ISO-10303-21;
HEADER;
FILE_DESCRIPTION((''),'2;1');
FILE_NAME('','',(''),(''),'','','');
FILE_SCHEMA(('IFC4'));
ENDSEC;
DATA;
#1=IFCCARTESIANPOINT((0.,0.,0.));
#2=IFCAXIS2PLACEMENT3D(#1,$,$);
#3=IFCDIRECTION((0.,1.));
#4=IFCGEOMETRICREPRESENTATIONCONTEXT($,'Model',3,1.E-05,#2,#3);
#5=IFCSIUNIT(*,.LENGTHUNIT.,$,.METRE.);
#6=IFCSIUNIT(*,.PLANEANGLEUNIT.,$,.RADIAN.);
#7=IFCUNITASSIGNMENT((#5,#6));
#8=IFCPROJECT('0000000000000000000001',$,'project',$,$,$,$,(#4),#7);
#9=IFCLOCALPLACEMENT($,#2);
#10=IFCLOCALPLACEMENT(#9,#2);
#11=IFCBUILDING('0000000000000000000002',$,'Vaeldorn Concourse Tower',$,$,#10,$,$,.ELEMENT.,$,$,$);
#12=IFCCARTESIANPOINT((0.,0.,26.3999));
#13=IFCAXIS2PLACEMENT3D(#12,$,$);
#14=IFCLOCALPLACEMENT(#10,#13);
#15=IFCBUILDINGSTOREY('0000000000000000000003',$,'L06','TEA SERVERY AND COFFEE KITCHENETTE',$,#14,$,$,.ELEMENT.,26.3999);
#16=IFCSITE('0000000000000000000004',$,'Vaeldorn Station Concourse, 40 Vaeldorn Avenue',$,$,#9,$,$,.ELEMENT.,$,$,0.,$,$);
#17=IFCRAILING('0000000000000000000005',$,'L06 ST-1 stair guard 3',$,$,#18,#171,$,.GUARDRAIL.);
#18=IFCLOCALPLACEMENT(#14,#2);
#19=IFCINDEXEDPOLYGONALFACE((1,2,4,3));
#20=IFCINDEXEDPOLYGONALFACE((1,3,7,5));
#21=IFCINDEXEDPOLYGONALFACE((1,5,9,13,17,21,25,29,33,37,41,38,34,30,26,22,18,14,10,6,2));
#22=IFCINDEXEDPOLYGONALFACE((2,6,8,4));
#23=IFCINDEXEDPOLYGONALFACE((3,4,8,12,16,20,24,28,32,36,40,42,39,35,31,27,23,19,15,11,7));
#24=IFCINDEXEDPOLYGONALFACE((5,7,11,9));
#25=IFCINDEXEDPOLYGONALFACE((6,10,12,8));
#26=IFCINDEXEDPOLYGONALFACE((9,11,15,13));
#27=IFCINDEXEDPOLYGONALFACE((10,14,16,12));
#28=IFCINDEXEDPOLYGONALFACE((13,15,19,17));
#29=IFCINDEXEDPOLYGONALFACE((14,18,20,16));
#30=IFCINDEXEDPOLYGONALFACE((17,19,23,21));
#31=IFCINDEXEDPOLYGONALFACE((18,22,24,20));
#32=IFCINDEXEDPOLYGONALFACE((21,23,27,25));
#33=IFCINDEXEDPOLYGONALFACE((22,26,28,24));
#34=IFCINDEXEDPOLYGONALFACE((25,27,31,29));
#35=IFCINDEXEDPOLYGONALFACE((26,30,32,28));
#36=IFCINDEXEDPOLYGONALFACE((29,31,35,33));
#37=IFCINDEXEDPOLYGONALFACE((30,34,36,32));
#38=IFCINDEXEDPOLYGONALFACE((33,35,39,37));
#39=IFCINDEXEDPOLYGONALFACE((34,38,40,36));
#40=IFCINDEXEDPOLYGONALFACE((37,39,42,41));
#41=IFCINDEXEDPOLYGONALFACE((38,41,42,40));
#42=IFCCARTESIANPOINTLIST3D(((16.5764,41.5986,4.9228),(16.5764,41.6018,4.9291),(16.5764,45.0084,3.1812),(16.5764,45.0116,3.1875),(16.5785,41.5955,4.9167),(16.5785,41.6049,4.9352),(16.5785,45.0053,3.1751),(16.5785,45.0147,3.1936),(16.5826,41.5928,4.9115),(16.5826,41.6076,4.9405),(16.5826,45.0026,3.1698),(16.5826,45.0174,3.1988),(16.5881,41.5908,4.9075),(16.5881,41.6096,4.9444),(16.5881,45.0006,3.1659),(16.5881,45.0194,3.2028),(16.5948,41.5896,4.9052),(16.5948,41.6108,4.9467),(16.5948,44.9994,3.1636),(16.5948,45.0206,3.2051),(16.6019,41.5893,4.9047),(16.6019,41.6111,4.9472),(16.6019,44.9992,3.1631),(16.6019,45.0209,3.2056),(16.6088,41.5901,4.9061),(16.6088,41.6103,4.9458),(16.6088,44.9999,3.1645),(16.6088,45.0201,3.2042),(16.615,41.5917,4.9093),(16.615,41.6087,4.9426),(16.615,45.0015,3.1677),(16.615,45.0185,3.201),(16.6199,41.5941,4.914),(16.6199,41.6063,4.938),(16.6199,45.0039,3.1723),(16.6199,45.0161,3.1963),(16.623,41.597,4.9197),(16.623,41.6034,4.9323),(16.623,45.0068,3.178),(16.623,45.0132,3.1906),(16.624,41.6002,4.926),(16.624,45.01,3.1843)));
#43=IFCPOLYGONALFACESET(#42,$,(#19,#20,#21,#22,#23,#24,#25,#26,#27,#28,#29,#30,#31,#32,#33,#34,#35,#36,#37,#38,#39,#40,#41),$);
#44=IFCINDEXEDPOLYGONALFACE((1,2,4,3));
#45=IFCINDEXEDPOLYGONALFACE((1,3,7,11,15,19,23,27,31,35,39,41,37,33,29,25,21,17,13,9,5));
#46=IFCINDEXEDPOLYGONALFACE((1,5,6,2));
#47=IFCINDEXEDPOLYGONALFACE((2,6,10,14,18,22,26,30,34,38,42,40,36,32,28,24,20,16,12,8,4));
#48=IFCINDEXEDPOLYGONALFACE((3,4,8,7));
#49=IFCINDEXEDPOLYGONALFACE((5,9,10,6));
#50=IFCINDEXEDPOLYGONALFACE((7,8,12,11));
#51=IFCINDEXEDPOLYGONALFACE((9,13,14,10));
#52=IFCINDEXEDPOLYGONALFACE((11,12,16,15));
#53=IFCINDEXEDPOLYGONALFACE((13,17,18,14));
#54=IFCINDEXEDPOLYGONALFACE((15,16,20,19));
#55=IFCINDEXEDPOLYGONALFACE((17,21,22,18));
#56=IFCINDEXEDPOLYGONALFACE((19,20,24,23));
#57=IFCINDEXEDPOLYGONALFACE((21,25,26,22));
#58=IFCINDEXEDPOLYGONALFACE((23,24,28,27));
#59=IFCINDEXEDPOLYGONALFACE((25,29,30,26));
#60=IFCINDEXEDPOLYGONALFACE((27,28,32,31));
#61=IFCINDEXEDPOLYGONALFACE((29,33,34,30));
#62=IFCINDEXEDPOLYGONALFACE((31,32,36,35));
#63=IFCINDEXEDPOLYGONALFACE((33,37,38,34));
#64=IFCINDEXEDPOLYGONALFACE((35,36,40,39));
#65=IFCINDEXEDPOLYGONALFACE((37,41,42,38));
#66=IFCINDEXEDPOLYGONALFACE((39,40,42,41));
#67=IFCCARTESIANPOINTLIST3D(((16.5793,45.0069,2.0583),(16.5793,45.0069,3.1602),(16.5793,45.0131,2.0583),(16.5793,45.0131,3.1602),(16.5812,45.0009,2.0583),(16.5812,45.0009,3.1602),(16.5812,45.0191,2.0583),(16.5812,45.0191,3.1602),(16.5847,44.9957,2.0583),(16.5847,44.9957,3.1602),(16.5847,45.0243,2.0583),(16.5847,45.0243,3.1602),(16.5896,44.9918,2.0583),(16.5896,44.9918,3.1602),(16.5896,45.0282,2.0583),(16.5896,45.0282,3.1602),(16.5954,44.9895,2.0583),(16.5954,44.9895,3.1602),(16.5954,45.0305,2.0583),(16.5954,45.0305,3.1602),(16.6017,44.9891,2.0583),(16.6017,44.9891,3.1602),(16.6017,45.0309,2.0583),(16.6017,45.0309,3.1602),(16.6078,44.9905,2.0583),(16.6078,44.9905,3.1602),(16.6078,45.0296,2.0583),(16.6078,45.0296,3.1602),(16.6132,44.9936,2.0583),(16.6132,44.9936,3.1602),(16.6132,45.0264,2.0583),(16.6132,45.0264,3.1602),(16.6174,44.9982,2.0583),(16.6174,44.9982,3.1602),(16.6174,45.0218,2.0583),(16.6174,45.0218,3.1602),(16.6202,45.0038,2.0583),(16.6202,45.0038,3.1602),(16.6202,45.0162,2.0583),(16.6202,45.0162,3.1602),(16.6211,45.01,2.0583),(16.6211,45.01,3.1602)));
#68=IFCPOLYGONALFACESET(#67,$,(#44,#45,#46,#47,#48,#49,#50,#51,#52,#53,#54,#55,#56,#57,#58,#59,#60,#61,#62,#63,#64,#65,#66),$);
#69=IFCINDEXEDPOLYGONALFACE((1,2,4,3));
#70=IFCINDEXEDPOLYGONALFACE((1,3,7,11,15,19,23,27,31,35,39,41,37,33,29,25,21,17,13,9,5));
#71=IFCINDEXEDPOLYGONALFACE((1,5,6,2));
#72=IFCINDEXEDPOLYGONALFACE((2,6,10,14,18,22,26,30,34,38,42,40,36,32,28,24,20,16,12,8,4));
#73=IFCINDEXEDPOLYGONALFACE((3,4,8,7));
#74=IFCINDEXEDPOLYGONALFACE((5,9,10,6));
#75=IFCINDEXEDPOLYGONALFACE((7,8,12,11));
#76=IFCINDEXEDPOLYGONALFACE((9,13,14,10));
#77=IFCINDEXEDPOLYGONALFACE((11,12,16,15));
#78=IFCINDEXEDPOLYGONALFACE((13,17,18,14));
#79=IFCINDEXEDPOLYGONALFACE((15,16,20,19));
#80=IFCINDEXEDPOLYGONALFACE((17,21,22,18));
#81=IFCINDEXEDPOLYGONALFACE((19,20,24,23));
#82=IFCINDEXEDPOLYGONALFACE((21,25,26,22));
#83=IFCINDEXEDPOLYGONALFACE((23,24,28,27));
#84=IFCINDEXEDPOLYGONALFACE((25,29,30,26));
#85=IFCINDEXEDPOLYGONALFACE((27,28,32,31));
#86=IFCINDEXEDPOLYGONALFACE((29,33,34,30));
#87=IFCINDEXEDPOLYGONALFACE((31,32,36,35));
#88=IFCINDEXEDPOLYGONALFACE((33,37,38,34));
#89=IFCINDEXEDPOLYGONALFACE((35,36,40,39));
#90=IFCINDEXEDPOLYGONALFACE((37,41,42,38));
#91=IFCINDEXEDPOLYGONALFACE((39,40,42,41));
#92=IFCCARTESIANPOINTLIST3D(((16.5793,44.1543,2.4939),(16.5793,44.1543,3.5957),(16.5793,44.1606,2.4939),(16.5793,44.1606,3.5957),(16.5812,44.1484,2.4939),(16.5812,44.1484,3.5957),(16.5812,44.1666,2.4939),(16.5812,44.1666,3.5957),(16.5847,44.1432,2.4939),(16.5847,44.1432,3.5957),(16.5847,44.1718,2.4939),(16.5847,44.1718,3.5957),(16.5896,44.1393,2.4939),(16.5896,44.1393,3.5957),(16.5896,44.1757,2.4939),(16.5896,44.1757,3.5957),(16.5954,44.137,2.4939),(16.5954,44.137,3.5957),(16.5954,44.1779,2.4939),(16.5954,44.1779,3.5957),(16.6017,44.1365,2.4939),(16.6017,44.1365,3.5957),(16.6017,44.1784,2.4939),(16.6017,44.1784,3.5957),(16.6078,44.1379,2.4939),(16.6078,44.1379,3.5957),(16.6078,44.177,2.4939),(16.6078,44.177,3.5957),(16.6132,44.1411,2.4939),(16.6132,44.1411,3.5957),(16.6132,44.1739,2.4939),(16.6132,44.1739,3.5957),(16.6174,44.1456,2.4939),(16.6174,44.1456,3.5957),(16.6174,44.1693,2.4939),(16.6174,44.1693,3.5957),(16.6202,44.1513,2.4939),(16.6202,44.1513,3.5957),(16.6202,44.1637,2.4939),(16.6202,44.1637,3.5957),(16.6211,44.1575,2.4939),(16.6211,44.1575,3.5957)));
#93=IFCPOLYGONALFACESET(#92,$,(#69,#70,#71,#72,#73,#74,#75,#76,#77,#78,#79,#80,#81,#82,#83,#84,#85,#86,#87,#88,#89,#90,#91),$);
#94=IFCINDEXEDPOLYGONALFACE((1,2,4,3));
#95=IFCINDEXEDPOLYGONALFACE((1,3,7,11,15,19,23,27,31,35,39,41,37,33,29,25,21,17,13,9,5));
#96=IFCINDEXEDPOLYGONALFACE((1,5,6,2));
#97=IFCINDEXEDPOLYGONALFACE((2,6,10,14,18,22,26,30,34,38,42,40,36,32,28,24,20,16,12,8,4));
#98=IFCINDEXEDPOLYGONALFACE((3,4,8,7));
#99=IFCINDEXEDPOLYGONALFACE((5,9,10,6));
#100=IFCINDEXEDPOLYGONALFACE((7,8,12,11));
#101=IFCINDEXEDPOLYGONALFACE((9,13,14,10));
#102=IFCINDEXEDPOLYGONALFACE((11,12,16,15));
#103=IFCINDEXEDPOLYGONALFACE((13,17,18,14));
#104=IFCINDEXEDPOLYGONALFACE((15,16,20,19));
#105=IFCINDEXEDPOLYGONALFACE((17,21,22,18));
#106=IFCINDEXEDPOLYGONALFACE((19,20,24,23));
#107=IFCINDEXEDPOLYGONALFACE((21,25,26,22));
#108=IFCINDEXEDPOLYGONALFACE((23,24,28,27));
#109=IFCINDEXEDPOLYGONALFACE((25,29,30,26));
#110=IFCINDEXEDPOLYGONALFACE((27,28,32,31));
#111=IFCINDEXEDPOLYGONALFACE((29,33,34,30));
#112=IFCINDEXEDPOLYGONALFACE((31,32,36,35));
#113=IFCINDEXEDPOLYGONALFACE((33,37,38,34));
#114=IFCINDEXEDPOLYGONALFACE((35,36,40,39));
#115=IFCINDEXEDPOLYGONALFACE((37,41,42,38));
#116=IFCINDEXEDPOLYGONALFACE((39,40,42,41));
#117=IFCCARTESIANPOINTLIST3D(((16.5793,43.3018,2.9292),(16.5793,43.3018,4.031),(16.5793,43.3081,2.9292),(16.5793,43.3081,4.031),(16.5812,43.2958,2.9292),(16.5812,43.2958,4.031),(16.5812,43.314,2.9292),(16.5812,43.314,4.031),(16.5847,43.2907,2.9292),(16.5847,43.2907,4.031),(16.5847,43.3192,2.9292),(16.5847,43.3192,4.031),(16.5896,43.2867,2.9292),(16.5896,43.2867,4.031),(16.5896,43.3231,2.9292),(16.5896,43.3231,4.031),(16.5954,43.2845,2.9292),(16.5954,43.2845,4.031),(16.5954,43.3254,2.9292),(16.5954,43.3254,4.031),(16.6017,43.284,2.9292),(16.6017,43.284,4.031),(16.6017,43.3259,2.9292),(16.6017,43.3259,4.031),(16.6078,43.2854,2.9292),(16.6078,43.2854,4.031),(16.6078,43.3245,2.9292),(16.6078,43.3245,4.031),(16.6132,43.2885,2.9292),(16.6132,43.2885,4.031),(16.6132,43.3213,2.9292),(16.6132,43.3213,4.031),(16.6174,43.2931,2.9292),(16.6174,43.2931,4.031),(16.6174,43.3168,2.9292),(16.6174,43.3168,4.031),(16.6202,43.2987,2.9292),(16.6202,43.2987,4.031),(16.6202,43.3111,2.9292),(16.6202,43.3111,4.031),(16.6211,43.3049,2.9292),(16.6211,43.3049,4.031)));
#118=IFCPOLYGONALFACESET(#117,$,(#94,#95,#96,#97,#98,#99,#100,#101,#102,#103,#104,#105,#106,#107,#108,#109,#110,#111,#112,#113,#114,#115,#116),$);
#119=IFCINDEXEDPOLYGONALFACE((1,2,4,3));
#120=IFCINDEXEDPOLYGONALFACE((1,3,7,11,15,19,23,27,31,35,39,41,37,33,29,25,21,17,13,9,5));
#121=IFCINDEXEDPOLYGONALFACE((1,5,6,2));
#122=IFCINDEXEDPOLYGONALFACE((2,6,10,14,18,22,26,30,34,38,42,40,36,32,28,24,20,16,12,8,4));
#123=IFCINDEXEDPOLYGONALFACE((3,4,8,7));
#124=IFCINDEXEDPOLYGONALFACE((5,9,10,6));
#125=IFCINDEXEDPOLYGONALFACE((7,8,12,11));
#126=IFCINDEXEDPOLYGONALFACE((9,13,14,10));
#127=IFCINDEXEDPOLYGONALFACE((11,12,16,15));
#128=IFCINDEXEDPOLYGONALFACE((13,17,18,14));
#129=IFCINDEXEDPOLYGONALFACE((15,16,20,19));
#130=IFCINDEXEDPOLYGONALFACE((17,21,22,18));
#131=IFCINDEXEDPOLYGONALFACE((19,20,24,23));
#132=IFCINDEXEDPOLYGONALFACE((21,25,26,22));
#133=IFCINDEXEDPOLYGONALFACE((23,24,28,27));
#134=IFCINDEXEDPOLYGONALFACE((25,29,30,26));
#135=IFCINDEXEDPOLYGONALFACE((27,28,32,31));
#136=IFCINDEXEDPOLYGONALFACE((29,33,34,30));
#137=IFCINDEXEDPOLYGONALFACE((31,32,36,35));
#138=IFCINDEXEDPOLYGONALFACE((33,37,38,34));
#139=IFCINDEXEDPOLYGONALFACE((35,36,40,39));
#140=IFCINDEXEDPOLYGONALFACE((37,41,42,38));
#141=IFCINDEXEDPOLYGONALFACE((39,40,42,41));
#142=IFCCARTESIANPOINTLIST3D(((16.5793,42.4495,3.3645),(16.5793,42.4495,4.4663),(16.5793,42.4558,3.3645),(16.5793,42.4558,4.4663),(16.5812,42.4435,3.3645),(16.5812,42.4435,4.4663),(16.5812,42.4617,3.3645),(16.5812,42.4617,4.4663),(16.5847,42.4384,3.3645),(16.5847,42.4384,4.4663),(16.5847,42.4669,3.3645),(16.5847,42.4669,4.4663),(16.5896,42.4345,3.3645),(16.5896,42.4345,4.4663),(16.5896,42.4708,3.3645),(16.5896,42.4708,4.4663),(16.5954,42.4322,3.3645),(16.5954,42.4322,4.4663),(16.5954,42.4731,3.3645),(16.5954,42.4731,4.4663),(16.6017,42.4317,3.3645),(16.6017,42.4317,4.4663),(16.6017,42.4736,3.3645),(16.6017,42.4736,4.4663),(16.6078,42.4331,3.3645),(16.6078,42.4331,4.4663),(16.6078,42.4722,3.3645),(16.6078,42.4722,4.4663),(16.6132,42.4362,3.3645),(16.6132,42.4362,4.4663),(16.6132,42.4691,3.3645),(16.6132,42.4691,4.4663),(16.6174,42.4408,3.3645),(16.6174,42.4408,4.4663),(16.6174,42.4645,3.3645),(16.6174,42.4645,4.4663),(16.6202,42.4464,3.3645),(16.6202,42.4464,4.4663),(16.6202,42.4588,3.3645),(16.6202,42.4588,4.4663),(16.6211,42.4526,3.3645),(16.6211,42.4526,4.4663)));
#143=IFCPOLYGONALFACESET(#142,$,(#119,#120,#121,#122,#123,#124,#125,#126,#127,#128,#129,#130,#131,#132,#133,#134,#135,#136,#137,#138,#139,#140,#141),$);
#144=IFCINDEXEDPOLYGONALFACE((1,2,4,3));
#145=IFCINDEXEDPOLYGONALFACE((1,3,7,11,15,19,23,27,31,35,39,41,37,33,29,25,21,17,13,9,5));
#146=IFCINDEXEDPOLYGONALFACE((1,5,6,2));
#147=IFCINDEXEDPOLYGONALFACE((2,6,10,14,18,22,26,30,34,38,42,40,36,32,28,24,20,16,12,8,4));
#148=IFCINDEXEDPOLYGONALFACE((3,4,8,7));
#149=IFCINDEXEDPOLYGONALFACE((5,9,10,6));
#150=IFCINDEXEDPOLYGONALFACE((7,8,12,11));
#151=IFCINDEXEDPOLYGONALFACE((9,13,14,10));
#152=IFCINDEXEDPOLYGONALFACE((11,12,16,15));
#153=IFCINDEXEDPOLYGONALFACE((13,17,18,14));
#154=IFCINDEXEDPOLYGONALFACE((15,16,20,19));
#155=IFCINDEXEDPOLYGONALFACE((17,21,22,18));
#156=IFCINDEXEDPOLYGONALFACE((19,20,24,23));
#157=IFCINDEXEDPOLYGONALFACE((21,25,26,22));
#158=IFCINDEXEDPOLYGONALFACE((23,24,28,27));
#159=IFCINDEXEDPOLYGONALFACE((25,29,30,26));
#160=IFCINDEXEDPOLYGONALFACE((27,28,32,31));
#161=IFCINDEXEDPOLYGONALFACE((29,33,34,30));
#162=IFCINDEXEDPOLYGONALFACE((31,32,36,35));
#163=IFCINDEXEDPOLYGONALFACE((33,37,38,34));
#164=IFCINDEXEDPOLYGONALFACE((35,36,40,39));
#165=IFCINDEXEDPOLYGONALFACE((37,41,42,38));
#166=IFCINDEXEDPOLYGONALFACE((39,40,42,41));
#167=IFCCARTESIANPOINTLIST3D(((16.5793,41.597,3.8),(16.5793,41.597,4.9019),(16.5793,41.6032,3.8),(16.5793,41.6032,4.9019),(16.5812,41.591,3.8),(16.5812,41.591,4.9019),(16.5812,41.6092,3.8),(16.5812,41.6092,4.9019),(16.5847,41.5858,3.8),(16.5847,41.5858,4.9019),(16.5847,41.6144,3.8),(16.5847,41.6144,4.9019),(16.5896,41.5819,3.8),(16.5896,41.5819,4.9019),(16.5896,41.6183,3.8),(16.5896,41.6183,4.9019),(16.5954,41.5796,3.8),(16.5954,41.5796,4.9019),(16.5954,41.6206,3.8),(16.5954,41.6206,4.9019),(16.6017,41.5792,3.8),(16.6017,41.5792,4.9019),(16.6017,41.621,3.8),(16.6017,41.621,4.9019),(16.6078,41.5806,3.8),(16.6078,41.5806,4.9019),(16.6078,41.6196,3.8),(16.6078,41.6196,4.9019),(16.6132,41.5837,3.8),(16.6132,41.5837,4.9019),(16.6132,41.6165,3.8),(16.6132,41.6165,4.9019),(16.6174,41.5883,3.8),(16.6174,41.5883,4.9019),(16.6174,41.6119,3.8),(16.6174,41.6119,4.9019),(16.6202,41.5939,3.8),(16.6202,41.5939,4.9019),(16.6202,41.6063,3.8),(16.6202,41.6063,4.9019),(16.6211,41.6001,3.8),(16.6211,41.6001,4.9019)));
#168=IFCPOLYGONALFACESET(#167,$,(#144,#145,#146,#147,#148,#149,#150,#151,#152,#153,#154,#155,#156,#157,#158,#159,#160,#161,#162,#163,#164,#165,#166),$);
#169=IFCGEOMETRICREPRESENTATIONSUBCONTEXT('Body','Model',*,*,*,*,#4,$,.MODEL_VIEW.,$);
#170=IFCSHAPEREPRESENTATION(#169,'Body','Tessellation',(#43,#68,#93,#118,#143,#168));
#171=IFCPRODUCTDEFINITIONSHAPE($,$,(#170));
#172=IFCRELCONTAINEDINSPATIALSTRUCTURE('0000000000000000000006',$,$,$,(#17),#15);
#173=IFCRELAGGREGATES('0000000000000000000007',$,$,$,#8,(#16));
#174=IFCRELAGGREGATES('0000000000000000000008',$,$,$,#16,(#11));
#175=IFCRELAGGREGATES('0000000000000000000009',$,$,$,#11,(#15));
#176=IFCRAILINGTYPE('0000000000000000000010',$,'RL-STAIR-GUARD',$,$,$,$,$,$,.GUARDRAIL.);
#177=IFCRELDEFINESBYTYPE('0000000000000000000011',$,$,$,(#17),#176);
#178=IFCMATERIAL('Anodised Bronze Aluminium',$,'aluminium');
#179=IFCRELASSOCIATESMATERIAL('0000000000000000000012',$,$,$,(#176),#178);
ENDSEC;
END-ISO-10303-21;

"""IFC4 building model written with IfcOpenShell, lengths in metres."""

from ifc_helpers import new_model, si_unit, direction, frame, origin, origin_2d, place, context, subcontext, project, spatial, circle, extrude, material, type_object, element, save


model = new_model("IFC4")

# Units and contexts
model_context = context("Model", 3, precision=1e-05, world=origin(), true_north=direction((0.0, 1.0)))
body_context = subcontext(model_context, "Body", "Model", "MODEL_VIEW")
ifc_project = project(units=[si_unit("LENGTHUNIT", "METRE"), si_unit("PLANEANGLEUNIT", "RADIAN")], contexts=[model_context])

# Site, building, storey
site_placement = place(None, origin())
site = spatial("IfcSite", under=ifc_project, at=site_placement, Name="Vaeldorn Station Concourse, 40 Vaeldorn Avenue", CompositionType="ELEMENT", RefElevation=0.0)
building_placement = place(site_placement, origin())
building = spatial("IfcBuilding", under=site, at=building_placement, Name="Vaeldorn Concourse Tower", CompositionType="ELEMENT")
storey_placement = place(building_placement, frame((0.0, 0.0, 26.3999)))
storey = spatial("IfcBuildingStorey", under=building, at=storey_placement, Name="L06", Description="TEA SERVERY AND COFFEE KITCHENETTE", CompositionType="ELEMENT", Elevation=26.3999)

# Shared definitions
ifc_material_1 = material(Name="Anodised Bronze Aluminium", Category="aluminium")

# Railing
railing_type_1 = type_object("IfcRailingType", Name="RL-STAIR-GUARD", PredefinedType="GUARDRAIL", material=ifc_material_1)
railing_1_placement = place(storey_placement, frame((16.6001, 45.01, 2.0583)))
element("IfcRailing", 1, at=railing_1_placement, inside=storey, type_object=railing_type_1, Name="L06 ST-1 stair guard 3", PredefinedType="GUARDRAIL", context=body_context, shape_type="SweptSolid", body=[
    extrude(circle(Radius=0.0239, at=origin_2d()), frame((0.0, 0.0, 1.126), z_axis=(0.0, -0.890556, 0.454874), x_axis=(1.0, 0.0, 0.0)), (0.0, 0.0, 1.0), 3.8289),
    extrude(circle(Radius=0.021, at=origin_2d()), origin(), (0.0, 0.0, 1.0), 1.1018),
    extrude(circle(Radius=0.021, at=origin_2d()), frame((0.0, -0.8525, 0.4355)), (0.0, 0.0, 1.0), 1.1018),
    extrude(circle(Radius=0.021, at=origin_2d()), frame((0.0, -1.7051, 0.8708)), (0.0, 0.0, 1.0), 1.1018),
    extrude(circle(Radius=0.021, at=origin_2d()), frame((0.0, -2.5574, 1.3062)), (0.0, 0.0, 1.0), 1.1018),
    extrude(circle(Radius=0.021, at=origin_2d()), frame((0.0, -3.4099, 1.7417)), (0.0, 0.0, 1.0), 1.1018),
])

save(model, "model.ifc")
